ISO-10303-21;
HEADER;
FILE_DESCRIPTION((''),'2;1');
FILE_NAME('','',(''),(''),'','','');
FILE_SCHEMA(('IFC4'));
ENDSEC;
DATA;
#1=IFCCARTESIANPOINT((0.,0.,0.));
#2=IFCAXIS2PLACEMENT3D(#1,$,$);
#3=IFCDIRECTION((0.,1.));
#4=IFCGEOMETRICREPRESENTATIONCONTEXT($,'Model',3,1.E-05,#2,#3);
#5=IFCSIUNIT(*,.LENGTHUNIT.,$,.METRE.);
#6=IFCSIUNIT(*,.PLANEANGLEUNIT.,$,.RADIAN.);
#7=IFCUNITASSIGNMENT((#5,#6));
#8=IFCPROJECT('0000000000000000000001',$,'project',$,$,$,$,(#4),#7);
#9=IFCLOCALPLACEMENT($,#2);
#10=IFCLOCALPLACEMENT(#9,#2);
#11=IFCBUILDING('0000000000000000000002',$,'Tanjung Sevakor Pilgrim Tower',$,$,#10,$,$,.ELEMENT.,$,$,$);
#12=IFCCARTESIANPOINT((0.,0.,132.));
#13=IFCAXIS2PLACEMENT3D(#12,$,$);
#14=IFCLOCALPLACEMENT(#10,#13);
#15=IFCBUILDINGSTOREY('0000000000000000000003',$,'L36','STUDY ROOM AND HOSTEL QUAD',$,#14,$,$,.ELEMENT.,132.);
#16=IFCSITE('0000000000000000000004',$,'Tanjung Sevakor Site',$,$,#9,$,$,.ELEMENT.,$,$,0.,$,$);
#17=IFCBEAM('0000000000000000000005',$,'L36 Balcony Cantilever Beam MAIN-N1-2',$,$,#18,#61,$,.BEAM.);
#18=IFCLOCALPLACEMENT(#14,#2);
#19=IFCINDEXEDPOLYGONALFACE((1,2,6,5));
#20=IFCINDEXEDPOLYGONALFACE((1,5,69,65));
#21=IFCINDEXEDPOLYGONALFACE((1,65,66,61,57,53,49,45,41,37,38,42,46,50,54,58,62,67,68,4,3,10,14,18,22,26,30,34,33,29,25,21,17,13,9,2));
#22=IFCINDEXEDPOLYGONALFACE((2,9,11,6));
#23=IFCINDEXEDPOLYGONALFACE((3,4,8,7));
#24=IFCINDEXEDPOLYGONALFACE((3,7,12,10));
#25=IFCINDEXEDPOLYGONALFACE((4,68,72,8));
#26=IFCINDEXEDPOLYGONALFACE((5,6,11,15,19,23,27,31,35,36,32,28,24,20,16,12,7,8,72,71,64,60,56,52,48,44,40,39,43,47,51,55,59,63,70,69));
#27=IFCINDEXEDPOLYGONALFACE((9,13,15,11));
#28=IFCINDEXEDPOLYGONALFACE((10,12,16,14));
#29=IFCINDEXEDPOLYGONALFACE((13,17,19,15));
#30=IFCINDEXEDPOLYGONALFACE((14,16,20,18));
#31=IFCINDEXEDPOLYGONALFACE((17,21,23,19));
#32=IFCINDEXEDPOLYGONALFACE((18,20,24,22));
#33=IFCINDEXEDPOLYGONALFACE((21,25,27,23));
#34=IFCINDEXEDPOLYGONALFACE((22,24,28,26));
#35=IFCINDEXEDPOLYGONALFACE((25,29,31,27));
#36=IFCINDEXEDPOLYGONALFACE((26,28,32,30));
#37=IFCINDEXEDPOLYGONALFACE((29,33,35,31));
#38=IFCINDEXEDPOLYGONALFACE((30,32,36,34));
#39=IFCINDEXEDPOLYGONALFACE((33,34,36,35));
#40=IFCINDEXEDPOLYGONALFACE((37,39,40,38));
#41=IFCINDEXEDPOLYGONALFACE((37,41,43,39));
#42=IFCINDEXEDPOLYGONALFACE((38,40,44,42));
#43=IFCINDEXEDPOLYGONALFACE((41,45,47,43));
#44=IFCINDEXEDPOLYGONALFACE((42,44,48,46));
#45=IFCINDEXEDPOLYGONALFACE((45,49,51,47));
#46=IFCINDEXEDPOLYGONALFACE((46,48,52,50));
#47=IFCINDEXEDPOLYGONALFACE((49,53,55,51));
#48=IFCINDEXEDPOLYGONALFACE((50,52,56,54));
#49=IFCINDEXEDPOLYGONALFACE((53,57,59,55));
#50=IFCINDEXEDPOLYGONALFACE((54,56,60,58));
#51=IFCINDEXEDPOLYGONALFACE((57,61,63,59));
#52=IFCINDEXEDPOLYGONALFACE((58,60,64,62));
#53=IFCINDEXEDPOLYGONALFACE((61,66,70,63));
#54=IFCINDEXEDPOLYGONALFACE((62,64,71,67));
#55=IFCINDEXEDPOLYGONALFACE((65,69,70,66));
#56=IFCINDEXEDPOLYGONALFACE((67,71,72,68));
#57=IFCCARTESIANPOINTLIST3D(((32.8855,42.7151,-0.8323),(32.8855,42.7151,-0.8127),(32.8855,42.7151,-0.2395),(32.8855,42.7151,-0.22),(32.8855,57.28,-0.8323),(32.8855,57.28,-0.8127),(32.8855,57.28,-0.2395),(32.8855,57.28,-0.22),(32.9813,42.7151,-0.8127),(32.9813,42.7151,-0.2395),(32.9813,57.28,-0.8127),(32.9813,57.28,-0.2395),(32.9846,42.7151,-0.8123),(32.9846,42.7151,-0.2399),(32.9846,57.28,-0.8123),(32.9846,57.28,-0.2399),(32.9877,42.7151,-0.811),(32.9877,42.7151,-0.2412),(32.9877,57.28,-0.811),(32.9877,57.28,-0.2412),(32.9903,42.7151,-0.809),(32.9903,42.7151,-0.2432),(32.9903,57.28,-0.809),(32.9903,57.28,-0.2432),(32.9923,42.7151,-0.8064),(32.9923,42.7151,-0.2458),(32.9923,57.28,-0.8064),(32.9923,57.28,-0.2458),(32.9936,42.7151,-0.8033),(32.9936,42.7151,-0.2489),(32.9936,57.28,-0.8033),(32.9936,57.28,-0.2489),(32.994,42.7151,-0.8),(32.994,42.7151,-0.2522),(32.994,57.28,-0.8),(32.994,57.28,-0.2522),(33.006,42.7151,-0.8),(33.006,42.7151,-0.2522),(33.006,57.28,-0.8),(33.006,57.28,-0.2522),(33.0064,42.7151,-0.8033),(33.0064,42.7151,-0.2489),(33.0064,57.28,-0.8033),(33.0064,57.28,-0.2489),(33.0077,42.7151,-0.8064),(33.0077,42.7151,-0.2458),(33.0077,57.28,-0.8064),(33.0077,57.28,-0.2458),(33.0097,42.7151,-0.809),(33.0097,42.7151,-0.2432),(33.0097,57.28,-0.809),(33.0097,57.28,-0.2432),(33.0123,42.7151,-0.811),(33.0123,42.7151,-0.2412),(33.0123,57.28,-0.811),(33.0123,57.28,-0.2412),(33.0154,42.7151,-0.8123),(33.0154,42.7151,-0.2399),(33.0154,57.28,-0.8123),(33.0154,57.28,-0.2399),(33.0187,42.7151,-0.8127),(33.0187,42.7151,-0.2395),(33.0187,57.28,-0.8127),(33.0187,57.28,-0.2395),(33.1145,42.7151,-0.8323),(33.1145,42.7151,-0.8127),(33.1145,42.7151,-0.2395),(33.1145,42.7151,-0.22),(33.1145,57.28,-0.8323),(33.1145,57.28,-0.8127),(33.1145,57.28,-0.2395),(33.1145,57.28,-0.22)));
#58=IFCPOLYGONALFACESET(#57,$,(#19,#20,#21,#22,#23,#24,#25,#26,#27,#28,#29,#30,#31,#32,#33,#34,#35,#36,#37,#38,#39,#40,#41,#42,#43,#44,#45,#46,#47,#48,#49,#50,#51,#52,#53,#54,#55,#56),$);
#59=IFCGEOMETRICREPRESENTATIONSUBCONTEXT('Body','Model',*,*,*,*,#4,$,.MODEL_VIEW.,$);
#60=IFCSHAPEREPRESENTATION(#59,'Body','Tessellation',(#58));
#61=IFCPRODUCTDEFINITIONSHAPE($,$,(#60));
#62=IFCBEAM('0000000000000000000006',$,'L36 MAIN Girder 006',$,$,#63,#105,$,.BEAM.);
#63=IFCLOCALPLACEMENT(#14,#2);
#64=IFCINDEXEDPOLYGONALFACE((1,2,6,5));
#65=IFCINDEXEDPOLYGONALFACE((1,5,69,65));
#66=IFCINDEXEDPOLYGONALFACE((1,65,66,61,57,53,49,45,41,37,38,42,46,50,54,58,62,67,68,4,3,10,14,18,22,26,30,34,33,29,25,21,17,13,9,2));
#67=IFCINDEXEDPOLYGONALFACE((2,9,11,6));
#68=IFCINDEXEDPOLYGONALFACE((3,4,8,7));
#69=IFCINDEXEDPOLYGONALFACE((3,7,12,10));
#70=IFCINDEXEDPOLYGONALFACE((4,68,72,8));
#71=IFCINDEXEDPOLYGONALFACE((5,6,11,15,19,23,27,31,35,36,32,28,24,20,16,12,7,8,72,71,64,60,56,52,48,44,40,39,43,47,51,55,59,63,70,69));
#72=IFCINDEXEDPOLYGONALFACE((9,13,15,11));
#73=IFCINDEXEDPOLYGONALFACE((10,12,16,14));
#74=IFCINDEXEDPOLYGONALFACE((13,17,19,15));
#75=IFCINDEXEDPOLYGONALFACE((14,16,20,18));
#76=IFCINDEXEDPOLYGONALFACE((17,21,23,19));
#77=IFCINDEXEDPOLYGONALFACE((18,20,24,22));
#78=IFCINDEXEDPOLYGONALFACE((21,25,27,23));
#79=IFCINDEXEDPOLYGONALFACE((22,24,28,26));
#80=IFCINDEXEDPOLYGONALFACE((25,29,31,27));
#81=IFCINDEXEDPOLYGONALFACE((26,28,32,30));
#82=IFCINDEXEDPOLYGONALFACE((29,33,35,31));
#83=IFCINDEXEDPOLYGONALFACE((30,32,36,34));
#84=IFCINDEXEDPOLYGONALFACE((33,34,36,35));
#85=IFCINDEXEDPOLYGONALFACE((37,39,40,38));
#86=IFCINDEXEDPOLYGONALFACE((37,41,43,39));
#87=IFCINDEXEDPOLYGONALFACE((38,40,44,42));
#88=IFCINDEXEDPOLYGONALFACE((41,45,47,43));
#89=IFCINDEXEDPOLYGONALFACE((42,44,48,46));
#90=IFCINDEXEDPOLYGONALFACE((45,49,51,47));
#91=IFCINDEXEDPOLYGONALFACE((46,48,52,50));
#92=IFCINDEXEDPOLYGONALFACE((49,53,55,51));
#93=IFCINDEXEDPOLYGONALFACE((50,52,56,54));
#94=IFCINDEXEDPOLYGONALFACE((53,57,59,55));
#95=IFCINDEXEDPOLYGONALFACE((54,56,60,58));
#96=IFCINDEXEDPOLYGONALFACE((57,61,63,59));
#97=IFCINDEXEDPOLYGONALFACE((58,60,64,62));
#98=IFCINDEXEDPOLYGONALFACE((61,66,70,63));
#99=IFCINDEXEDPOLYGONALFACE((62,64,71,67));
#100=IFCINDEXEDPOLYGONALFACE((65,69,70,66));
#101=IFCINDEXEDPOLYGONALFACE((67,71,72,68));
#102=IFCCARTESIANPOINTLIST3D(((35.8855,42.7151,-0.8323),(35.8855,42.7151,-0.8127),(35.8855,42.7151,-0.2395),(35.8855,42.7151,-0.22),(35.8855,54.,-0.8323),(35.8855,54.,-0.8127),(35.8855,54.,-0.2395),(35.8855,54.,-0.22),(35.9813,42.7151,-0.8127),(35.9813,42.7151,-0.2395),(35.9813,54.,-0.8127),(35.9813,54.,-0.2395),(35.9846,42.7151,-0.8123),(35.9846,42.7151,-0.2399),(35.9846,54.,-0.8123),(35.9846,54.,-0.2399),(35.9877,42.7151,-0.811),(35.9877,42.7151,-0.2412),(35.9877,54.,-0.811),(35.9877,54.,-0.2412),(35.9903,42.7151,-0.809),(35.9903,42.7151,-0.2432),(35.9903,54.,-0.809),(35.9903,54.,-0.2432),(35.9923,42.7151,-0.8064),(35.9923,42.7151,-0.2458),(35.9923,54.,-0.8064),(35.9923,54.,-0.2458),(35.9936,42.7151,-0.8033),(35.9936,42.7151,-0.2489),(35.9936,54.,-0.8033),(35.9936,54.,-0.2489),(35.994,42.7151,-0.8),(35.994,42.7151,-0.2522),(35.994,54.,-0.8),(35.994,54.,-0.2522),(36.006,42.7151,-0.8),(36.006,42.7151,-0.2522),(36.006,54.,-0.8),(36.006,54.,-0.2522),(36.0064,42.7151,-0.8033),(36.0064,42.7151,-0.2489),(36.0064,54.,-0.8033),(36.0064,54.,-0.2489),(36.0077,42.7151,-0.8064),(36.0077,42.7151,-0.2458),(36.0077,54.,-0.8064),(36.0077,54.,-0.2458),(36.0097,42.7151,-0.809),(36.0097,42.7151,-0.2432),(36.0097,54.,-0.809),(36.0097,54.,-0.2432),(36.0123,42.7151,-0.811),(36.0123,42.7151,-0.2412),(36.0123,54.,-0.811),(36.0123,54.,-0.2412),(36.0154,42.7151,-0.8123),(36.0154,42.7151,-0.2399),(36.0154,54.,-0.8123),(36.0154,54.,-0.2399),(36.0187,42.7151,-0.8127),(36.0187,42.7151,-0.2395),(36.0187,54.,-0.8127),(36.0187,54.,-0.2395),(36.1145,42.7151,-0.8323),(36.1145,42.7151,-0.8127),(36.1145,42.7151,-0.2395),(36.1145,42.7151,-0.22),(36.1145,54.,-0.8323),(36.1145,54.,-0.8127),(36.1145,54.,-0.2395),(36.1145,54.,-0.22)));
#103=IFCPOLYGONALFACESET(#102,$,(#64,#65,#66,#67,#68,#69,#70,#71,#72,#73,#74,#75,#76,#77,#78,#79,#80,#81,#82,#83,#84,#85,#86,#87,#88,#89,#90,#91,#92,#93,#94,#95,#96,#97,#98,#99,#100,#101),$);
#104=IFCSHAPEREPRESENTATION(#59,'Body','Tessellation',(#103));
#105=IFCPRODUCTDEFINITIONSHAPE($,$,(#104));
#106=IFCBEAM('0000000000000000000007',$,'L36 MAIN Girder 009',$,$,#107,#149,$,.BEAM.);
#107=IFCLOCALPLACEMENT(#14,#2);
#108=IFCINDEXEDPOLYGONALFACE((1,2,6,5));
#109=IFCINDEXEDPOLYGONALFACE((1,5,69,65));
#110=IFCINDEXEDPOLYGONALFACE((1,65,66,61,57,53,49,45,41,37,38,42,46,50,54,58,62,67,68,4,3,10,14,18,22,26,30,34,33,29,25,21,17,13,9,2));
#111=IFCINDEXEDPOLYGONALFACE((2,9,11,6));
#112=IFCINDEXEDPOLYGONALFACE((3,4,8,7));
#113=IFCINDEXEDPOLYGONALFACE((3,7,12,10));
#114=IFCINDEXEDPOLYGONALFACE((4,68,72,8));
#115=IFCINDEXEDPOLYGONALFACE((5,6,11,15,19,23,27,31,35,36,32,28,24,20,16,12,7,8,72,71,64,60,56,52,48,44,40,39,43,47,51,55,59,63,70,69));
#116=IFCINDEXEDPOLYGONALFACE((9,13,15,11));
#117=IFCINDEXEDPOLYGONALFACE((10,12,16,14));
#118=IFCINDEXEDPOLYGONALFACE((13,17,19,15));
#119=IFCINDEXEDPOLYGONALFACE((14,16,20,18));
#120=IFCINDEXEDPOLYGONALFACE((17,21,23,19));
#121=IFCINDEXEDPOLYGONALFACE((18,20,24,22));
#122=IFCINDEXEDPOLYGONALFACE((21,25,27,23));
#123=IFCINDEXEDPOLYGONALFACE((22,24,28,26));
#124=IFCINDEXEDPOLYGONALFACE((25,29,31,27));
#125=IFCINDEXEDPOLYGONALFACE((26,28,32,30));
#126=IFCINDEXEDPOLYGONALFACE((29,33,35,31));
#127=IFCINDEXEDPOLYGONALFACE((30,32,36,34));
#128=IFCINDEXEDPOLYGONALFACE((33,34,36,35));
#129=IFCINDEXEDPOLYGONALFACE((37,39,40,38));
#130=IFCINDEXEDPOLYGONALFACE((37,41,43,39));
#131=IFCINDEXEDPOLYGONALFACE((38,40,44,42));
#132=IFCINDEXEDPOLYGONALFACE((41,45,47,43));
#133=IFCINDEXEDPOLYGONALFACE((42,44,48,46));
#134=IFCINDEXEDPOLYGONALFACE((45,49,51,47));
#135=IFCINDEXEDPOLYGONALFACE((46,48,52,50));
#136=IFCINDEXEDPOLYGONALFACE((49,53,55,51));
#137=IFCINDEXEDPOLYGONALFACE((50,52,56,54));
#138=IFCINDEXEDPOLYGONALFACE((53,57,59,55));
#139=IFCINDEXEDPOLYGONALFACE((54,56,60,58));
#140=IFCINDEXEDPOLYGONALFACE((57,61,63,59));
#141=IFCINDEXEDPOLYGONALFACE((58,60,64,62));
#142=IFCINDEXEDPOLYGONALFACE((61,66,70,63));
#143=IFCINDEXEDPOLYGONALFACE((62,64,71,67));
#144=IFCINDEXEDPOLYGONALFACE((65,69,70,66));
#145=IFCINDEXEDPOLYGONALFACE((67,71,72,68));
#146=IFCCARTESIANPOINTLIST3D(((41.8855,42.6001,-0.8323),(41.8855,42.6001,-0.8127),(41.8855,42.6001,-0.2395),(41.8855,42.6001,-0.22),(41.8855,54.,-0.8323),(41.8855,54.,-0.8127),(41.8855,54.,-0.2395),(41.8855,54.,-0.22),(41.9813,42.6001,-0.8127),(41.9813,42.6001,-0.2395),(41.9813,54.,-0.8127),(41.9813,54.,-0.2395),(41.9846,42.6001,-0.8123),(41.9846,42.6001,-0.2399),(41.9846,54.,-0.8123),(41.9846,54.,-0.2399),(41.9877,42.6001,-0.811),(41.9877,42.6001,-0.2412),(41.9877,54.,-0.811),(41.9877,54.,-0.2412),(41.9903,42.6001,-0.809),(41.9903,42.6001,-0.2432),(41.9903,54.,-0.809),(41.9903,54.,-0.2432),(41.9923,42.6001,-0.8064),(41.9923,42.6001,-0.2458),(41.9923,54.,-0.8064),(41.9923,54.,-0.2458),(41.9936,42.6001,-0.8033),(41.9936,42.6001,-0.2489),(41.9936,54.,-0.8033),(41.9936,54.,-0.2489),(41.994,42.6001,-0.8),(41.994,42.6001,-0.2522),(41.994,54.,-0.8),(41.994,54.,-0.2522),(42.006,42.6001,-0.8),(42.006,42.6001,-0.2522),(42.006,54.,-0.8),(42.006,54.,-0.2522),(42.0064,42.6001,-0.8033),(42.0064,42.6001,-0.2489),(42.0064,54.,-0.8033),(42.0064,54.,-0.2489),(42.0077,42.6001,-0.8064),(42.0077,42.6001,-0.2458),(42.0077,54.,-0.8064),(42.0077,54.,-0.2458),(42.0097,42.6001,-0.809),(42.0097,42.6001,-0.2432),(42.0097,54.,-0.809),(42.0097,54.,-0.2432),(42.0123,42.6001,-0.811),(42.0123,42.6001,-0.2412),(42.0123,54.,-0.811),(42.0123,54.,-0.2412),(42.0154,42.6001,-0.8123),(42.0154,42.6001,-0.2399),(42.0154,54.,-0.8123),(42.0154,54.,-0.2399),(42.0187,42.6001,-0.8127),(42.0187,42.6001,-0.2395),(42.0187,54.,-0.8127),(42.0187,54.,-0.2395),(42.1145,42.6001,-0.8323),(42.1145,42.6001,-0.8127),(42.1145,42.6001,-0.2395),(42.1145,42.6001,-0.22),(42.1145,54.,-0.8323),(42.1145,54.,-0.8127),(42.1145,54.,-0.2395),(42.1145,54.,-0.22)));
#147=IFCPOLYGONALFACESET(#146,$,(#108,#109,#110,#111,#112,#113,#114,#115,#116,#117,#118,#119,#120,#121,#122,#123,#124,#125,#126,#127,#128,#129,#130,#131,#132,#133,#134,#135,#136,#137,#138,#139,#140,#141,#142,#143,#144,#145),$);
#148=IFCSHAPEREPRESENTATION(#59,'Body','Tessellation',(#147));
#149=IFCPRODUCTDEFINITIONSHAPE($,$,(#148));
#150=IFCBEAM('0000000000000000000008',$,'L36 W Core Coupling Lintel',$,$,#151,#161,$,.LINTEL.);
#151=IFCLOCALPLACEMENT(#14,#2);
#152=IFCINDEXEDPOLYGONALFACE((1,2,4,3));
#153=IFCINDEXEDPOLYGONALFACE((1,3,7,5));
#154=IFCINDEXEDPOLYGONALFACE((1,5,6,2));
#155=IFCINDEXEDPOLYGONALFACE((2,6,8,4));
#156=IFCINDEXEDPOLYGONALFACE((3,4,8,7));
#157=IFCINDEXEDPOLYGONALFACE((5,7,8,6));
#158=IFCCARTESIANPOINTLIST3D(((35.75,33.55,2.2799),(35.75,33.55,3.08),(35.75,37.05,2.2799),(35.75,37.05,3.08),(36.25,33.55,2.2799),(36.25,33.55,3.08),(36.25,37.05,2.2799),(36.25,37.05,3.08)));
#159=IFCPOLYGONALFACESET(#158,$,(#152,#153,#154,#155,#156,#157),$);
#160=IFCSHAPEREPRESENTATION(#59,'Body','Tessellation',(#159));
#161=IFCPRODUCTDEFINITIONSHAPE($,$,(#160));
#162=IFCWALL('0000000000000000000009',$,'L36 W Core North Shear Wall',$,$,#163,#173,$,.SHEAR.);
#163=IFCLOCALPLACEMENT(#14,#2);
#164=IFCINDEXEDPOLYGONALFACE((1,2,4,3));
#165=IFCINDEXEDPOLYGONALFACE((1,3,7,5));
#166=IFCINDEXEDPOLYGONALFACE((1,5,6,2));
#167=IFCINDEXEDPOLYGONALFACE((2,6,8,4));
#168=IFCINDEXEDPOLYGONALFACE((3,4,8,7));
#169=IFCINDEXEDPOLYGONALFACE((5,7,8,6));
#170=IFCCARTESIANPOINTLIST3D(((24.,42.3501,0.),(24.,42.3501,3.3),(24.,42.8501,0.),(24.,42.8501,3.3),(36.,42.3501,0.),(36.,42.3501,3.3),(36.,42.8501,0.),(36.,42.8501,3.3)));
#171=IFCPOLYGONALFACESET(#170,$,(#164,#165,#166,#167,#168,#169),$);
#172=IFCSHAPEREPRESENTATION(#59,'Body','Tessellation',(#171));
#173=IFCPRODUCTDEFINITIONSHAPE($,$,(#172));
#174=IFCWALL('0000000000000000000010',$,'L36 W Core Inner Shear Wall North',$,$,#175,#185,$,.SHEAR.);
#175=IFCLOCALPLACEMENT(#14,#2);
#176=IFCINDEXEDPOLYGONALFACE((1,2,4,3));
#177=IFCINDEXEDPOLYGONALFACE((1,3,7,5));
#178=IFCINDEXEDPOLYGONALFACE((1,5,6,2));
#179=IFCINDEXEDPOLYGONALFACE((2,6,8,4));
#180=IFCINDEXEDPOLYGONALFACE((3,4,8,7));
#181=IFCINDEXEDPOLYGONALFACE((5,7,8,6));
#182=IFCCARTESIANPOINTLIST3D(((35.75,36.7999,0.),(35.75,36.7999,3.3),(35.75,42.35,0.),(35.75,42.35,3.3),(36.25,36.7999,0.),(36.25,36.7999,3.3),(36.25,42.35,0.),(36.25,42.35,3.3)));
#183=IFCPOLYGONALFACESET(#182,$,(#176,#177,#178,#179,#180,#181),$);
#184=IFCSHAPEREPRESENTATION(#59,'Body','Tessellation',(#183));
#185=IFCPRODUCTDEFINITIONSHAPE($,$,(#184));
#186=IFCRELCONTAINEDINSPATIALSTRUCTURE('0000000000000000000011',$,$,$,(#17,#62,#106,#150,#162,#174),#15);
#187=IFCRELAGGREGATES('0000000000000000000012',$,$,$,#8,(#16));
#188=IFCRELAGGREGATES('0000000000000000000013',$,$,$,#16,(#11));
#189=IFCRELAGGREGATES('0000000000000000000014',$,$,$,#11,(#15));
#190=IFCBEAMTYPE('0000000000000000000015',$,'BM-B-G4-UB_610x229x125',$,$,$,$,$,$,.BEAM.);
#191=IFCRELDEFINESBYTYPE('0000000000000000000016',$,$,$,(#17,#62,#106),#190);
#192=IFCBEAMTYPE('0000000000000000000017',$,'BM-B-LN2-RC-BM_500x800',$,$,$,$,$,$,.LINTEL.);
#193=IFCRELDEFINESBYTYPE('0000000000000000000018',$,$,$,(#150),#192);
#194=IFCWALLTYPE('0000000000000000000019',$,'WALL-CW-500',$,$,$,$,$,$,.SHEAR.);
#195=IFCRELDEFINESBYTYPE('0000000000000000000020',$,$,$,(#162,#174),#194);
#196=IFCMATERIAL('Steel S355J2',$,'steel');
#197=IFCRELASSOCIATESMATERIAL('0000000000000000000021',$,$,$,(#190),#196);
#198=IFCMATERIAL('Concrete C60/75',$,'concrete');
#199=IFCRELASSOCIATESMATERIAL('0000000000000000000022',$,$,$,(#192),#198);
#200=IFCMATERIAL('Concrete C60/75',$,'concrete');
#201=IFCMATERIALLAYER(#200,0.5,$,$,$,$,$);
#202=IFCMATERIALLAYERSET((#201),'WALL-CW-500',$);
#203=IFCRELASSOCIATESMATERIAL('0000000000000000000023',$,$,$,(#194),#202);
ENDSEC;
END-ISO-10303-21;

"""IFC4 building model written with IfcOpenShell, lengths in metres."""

from ifc_helpers import new_model, si_unit, direction, frame, frame_2d, origin, origin_2d, place, context, subcontext, project, spatial, rectangle, i_section, extrude, material, layer, layer_set, material_profile, profile_set, type_object, element, save


model = new_model("IFC4")

# Units and contexts
model_context = context("Model", 3, precision=1e-05, world=origin(), true_north=direction((0.0, 1.0)))
body_context = subcontext(model_context, "Body", "Model", "MODEL_VIEW")
ifc_project = project(units=[si_unit("LENGTHUNIT", "METRE"), si_unit("PLANEANGLEUNIT", "RADIAN")], contexts=[model_context])

# Site, building, storey
site_placement = place(None, origin())
site = spatial("IfcSite", under=ifc_project, at=site_placement, Name="Tanjung Sevakor Site", CompositionType="ELEMENT", RefElevation=0.0)
building_placement = place(site_placement, origin())
building = spatial("IfcBuilding", under=site, at=building_placement, Name="Tanjung Sevakor Pilgrim Tower", CompositionType="ELEMENT")
storey_placement = place(building_placement, frame((0.0, 0.0, 132.0)))
storey = spatial("IfcBuildingStorey", under=building, at=storey_placement, Name="L36", Description="STUDY ROOM AND HOSTEL QUAD", CompositionType="ELEMENT", Elevation=132.0)

# Beams
ifc_material_1 = material(Name="Steel S355J2", Category="steel")
ifc_material_profile_1 = material_profile(ifc_material_1, i_section(OverallWidth=0.229, OverallDepth=0.6123, WebThickness=0.012, FlangeThickness=0.0195, FilletRadius=0.0127, at=origin_2d()))
ifc_profile_set_1 = profile_set([ifc_material_profile_1], Name="Steel S355J2")
beam_type_1 = type_object("IfcBeamType", Name="BM-B-G4-UB_610x229x125", PredefinedType="BEAM", material=ifc_profile_set_1)
beam_1_placement = place(storey_placement, frame((33.0, 42.7151, -0.5261), z_axis=(0.0, 1.0, 0.0), x_axis=(-1.0, 0.0, 0.0)))
element("IfcBeam", 1, at=beam_1_placement, inside=storey, type_object=beam_type_1, Name="L36 Balcony Cantilever Beam MAIN-N1-2", PredefinedType="BEAM", context=body_context, shape_type="SweptSolid", body=[
    extrude(i_section(OverallWidth=0.229, OverallDepth=0.6123, WebThickness=0.012, FlangeThickness=0.0195, FilletRadius=0.0127, at=origin_2d()), origin(), (0.0, 0.0, 1.0), 14.5649),
])
beam_2_placement = place(storey_placement, frame((36.0, 42.7151, -0.5261), z_axis=(0.0, 1.0, 0.0), x_axis=(-1.0, 0.0, 0.0)))
element("IfcBeam", 2, at=beam_2_placement, inside=storey, type_object=beam_type_1, Name="L36 MAIN Girder 006", PredefinedType="BEAM", context=body_context, shape_type="SweptSolid", body=[
    extrude(i_section(OverallWidth=0.229, OverallDepth=0.6123, WebThickness=0.012, FlangeThickness=0.0195, FilletRadius=0.0127, at=origin_2d()), origin(), (0.0, 0.0, 1.0), 11.2849),
])
beam_3_placement = place(storey_placement, frame((42.0, 42.6001, -0.5261), z_axis=(0.0, 1.0, 0.0), x_axis=(-1.0, 0.0, 0.0)))
element("IfcBeam", 3, at=beam_3_placement, inside=storey, type_object=beam_type_1, Name="L36 MAIN Girder 009", PredefinedType="BEAM", context=body_context, shape_type="SweptSolid", body=[
    extrude(i_section(OverallWidth=0.229, OverallDepth=0.6123, WebThickness=0.012, FlangeThickness=0.0195, FilletRadius=0.0127, at=origin_2d()), origin(), (0.0, 0.0, 1.0), 11.3999),
])
ifc_material_2 = material(Name="Concrete C60/75", Category="concrete")
ifc_material_profile_2 = material_profile(ifc_material_2, rectangle(XDim=0.5, YDim=0.8, at=origin_2d()))
ifc_profile_set_2 = profile_set([ifc_material_profile_2], Name="Concrete C60/75")
beam_type_2 = type_object("IfcBeamType", Name="BM-B-LN2-RC-BM_500x800", PredefinedType="LINTEL", material=ifc_profile_set_2)
beam_4_placement = place(storey_placement, frame((36.0, 33.55, 2.6799), z_axis=(0.0, 1.0, 0.0), x_axis=(-1.0, 0.0, 0.0)))
element("IfcBeam", 4, at=beam_4_placement, inside=storey, type_object=beam_type_2, Name="L36 W Core Coupling Lintel", PredefinedType="LINTEL", context=body_context, shape_type="SweptSolid", body=[
    extrude(rectangle(XDim=0.5, YDim=0.8, at=origin_2d()), origin(), (0.0, 0.0, 1.0), 3.5),
])

# Walls
ifc_material_3 = material(Name="Concrete C60/75", Category="concrete")
ifc_layer_1 = layer(ifc_material_3, 0.5)
ifc_layer_set_1 = layer_set([ifc_layer_1], Name="WALL-CW-500")
wall_type_1 = type_object("IfcWallType", Name="WALL-CW-500", PredefinedType="SHEAR", material=ifc_layer_set_1)
wall_1_placement = place(storey_placement, frame((36.0, 42.6001, 0.0), z_axis=(0.0, 0.0, 1.0), x_axis=(-1.0, 0.0, 0.0)))
element("IfcWall", 5, at=wall_1_placement, inside=storey, type_object=wall_type_1, Name="L36 W Core North Shear Wall", PredefinedType="SHEAR", context=body_context, shape_type="SweptSolid", body=[
    extrude(rectangle(XDim=12.0, YDim=0.5, at=frame_2d((6.0, 0.0))), origin(), (0.0, 0.0, 1.0), 3.3),
])
wall_2_placement = place(storey_placement, frame((36.0, 36.8, 0.0), z_axis=(0.0, 0.0, 1.0), x_axis=(0.0, 1.0, 0.0)))
element("IfcWall", 6, at=wall_2_placement, inside=storey, type_object=wall_type_1, Name="L36 W Core Inner Shear Wall North", PredefinedType="SHEAR", context=body_context, shape_type="SweptSolid", body=[
    extrude(rectangle(XDim=5.55, YDim=0.5, at=frame_2d((2.7749, 0.0))), origin(), (0.0, 0.0, 1.0), 3.3),
])

save(model, "model.ifc")
